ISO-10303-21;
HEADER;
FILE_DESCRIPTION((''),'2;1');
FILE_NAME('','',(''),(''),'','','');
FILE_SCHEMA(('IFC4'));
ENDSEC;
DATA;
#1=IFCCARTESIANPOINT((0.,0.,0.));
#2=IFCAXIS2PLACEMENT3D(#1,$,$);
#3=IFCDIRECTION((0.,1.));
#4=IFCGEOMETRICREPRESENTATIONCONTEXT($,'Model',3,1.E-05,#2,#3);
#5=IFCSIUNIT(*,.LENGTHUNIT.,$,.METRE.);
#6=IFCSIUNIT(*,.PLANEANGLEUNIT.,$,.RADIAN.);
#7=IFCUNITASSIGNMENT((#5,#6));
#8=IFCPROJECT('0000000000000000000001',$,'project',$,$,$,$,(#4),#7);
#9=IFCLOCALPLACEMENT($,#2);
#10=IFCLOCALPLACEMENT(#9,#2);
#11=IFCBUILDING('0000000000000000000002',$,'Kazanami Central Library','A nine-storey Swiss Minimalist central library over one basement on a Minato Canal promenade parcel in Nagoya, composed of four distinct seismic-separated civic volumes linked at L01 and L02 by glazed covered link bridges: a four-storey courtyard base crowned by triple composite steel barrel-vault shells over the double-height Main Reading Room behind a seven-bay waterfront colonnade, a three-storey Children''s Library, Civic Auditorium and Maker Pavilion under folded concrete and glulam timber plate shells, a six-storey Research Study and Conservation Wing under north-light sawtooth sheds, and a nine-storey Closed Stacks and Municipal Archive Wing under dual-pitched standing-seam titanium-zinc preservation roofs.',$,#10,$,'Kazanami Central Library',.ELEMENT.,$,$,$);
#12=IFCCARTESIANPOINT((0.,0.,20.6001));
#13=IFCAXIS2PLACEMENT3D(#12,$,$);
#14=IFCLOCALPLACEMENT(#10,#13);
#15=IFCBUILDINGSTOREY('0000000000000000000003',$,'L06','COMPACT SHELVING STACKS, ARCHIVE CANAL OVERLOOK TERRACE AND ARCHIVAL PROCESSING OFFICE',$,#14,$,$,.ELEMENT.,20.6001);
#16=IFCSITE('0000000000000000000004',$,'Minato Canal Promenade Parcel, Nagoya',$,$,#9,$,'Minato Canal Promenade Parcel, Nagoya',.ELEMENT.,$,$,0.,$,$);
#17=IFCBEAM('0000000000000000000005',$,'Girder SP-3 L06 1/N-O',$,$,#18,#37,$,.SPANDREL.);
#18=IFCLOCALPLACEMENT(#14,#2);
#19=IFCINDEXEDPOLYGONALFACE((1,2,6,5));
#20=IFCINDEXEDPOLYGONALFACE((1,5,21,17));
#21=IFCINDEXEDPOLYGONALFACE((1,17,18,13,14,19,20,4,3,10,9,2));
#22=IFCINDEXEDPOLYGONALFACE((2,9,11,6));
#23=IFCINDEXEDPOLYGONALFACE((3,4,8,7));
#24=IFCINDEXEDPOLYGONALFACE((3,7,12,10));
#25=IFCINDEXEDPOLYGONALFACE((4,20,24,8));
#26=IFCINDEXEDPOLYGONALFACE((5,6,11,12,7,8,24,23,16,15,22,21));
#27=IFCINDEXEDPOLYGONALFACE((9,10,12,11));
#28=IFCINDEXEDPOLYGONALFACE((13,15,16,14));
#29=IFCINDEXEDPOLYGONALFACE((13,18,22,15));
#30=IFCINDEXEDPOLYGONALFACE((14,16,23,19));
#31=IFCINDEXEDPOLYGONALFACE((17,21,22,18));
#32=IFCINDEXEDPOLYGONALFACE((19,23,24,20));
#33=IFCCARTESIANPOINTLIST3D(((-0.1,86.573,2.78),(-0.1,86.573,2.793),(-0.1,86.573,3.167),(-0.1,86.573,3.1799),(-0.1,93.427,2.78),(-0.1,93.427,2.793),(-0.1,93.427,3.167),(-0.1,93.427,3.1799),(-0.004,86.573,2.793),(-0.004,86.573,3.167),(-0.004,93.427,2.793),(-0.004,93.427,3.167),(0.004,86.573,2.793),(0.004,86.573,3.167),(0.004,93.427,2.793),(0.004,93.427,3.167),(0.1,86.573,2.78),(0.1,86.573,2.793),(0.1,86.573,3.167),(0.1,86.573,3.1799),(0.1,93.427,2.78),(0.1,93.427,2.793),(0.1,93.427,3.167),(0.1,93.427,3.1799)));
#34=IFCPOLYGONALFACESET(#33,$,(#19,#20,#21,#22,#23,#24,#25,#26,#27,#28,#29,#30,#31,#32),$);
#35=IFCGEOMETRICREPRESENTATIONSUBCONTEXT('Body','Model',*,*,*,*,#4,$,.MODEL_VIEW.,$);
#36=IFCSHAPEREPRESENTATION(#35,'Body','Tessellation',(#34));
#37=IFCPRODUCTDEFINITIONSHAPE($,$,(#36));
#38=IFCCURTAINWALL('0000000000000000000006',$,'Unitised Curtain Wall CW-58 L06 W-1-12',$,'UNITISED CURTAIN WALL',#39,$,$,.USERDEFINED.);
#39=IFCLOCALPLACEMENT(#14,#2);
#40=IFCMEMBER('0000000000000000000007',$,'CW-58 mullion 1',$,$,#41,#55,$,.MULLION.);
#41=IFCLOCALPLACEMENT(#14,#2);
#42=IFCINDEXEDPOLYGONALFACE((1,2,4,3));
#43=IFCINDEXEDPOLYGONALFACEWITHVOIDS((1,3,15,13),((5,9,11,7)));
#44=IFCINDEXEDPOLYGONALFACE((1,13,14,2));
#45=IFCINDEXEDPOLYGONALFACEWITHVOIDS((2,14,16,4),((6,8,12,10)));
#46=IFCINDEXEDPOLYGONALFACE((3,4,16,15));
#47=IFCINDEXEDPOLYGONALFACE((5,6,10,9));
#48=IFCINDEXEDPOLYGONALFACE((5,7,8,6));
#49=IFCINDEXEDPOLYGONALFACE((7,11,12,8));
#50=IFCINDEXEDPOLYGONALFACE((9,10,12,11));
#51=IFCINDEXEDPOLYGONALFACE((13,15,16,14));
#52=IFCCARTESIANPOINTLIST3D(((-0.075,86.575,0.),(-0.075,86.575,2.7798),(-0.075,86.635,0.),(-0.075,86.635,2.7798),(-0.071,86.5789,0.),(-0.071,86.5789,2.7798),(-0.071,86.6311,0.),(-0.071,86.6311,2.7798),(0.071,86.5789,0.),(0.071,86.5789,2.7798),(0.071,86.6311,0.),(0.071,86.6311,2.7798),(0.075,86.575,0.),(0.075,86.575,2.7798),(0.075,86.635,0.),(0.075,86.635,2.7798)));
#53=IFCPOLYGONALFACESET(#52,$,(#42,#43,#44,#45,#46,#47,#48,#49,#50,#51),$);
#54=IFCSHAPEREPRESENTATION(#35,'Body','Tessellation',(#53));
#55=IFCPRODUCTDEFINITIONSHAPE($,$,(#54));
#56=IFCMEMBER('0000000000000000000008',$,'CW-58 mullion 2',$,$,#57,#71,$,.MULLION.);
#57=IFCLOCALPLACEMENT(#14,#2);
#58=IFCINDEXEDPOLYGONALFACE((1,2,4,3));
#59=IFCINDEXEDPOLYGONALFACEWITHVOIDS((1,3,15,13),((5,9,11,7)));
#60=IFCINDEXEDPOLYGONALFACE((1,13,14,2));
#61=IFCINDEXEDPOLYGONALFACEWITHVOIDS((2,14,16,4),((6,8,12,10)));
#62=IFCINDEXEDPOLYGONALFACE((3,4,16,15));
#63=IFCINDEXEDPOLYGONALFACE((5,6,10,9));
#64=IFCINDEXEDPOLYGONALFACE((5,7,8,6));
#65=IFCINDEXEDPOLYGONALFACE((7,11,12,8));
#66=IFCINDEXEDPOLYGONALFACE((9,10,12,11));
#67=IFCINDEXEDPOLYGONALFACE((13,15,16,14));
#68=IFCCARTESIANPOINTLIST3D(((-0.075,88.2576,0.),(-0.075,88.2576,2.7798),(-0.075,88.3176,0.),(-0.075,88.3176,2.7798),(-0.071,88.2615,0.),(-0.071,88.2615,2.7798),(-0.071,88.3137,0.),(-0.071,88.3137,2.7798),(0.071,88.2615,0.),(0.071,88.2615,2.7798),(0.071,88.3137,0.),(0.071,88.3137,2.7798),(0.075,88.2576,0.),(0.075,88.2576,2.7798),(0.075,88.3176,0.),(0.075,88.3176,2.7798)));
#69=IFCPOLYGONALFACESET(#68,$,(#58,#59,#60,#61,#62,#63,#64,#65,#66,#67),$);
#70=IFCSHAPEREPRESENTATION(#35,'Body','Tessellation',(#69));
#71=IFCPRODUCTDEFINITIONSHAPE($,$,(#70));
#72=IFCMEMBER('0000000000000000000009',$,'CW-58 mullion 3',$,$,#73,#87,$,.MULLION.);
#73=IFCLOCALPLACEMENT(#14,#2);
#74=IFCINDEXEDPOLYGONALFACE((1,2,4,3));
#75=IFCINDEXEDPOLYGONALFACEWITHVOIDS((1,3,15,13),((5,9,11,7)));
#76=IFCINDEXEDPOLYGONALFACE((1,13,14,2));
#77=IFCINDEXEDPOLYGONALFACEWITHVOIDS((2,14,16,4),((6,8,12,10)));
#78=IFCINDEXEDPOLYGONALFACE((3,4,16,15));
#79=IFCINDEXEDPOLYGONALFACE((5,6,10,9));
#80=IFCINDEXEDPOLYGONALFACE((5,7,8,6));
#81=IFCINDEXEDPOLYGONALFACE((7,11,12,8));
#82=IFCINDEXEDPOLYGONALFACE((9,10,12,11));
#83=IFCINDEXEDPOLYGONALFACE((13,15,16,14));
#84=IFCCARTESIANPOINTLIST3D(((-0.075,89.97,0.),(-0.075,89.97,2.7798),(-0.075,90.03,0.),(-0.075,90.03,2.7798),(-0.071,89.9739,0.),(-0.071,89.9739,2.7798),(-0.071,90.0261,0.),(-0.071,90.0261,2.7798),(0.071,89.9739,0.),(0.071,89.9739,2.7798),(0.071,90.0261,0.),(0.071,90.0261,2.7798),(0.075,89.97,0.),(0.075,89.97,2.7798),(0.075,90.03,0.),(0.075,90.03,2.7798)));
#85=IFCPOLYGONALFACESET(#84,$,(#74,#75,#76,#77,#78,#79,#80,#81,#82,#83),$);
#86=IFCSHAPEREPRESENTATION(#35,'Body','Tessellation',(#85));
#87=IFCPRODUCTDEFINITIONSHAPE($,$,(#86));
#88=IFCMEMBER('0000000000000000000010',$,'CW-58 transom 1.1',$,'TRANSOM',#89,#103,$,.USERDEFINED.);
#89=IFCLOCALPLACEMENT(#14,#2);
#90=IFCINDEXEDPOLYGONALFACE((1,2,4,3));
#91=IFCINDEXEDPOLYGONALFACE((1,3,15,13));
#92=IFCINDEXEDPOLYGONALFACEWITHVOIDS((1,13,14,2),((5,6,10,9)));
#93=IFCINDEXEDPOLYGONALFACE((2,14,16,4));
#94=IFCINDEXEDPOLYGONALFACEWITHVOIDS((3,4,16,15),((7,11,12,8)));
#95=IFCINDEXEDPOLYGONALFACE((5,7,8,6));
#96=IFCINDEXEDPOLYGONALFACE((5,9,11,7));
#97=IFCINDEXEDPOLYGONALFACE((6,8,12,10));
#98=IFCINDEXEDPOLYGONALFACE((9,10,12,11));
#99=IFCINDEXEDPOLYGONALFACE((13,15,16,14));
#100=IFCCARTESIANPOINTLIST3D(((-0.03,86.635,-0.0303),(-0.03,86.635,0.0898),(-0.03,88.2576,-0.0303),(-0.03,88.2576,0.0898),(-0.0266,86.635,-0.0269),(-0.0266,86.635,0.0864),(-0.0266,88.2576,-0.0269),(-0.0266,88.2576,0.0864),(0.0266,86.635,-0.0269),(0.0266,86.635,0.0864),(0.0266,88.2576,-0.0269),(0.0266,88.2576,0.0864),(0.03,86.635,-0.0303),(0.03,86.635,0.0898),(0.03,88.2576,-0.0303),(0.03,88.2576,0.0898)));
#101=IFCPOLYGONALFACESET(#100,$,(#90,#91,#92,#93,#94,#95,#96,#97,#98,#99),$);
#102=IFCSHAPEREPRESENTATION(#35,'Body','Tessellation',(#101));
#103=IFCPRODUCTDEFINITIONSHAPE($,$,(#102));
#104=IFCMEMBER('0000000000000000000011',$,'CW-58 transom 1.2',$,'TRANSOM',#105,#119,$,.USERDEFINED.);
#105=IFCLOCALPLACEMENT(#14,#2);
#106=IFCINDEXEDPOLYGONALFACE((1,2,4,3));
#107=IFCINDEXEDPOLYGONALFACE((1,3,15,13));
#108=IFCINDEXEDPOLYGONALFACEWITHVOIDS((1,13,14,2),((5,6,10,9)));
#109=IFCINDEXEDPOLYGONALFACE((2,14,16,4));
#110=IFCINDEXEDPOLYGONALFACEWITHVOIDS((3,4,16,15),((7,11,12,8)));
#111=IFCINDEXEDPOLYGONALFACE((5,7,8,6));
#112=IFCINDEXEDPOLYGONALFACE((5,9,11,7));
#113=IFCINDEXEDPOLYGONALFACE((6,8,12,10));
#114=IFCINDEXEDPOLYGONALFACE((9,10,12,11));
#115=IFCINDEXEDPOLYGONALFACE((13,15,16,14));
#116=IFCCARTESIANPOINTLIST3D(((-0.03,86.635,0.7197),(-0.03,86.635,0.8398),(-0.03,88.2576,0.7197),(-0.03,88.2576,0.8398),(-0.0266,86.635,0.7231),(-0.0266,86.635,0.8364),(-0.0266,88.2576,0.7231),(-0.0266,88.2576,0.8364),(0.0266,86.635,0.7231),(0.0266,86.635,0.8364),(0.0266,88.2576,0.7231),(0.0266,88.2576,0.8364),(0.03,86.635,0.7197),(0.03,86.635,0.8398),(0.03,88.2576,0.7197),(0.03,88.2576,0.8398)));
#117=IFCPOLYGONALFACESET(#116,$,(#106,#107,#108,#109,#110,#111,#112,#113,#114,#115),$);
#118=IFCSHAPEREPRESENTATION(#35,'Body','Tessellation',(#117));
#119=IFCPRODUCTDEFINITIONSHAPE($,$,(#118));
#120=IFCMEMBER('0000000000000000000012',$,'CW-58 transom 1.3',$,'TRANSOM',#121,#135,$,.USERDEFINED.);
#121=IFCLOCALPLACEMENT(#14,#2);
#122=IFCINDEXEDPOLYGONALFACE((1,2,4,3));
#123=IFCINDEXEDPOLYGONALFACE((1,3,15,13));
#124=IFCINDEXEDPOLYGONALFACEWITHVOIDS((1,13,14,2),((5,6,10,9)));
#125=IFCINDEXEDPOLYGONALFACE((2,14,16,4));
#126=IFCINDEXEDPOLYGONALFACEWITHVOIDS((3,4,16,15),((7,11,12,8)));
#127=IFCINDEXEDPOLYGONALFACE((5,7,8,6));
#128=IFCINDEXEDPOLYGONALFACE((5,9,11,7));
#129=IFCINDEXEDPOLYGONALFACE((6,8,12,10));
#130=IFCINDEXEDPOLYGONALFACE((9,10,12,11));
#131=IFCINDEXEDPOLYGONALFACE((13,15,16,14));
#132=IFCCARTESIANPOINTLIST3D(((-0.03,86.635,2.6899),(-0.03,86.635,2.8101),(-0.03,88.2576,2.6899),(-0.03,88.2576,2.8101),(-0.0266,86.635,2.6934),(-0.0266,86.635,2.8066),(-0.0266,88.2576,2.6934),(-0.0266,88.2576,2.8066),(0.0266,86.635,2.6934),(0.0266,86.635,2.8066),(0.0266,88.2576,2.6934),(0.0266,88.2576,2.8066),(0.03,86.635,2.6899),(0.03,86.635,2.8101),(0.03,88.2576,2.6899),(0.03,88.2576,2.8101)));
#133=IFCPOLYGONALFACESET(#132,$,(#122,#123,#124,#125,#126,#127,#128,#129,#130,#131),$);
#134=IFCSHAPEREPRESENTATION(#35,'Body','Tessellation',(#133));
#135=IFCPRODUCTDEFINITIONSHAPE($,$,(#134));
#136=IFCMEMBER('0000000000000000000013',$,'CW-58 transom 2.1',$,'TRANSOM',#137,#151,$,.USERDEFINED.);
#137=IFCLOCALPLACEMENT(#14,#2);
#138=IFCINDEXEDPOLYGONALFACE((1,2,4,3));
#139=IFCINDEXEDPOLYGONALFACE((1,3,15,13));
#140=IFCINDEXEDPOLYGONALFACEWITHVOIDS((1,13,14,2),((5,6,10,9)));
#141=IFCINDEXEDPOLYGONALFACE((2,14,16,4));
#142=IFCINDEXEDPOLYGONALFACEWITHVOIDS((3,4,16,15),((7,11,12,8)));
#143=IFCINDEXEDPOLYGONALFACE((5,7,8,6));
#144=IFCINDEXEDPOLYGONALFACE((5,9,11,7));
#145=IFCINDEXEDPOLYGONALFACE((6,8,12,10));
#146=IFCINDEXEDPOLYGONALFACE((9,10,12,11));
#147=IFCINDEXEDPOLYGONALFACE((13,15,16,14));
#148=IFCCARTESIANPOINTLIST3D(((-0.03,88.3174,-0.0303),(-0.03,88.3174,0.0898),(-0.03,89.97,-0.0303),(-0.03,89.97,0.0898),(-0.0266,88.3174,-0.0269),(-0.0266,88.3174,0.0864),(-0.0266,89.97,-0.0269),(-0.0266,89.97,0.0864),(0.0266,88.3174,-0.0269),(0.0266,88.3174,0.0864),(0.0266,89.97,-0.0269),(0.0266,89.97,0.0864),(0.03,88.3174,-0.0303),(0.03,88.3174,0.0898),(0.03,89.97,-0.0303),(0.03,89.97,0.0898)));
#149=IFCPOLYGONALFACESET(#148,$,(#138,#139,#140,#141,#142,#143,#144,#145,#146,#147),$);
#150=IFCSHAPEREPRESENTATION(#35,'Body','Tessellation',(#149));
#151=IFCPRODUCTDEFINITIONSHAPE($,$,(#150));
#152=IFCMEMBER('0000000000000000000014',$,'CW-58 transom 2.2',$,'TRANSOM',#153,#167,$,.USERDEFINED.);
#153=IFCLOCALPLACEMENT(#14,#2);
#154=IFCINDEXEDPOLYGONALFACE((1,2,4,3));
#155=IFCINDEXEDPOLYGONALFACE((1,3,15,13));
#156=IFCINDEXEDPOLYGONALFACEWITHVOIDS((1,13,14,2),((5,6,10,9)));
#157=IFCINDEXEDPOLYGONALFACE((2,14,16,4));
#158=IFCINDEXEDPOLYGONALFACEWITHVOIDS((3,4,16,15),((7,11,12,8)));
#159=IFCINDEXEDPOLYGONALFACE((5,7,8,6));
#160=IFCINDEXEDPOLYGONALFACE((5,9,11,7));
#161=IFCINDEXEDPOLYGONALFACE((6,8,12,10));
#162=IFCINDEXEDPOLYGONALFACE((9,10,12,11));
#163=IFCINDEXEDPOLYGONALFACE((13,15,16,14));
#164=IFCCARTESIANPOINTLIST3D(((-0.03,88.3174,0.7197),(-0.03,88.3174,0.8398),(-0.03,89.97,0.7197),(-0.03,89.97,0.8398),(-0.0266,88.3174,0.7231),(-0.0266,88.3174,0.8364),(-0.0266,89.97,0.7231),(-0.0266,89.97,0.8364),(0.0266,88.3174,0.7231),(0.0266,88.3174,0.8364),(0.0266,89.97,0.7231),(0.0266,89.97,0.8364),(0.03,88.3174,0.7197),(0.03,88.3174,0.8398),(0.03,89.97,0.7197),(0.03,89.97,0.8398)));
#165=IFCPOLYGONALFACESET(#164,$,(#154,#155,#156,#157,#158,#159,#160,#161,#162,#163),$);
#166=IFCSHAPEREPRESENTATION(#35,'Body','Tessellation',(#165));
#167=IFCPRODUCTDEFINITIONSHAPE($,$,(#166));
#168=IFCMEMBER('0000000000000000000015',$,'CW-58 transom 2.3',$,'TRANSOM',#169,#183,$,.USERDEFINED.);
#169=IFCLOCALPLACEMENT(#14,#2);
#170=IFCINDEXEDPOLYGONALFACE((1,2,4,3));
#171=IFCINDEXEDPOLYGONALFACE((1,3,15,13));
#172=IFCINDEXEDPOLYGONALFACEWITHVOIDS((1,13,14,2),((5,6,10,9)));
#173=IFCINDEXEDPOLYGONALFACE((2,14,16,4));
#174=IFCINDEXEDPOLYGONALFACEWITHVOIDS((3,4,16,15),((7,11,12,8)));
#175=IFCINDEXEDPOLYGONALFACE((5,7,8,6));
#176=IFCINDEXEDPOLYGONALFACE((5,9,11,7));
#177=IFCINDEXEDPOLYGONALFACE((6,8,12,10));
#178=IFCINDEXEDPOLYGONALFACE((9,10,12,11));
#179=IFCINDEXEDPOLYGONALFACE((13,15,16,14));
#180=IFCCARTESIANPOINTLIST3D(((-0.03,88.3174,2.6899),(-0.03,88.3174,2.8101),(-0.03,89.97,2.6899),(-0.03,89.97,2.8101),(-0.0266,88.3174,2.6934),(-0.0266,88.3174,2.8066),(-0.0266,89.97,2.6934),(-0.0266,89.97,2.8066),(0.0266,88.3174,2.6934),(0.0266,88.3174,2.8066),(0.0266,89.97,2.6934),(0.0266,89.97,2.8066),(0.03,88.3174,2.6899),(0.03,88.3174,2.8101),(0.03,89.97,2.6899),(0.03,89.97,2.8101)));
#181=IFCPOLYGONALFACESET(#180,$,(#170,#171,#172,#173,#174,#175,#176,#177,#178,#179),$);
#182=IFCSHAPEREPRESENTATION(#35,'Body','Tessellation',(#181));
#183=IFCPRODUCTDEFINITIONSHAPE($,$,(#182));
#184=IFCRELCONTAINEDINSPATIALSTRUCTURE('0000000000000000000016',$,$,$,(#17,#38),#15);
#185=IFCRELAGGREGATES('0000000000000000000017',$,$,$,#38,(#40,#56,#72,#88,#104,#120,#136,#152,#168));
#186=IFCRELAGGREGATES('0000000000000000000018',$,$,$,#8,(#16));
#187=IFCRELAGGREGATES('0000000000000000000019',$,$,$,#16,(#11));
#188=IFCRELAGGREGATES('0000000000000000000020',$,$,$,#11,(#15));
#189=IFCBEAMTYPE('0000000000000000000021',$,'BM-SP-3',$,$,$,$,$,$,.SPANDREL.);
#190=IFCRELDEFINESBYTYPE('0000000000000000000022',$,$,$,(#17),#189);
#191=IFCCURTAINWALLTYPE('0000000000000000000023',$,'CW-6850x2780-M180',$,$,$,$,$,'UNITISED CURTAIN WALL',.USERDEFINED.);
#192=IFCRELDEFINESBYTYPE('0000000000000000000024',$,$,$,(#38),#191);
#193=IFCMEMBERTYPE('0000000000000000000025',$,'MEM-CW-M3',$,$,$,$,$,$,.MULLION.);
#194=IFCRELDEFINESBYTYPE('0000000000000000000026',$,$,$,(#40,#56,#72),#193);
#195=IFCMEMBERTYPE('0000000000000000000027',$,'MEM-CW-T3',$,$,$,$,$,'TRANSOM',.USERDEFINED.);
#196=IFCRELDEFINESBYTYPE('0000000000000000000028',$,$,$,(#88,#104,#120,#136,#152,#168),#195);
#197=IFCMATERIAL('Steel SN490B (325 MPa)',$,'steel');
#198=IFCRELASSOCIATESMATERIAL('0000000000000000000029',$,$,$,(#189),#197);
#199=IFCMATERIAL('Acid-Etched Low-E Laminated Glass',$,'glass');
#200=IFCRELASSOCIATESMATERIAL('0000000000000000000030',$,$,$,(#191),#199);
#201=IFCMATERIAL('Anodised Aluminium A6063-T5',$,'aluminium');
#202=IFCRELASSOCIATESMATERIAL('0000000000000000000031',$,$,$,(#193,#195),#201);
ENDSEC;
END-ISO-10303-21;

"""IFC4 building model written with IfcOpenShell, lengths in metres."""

from ifc_helpers import new_model, si_unit, direction, frame, origin, origin_2d, place, context, subcontext, project, spatial, hollow_rectangle, i_section, extrude, material, material_profile, profile_set, type_object, element, aggregate, save


model = new_model("IFC4")

# Units and contexts
model_context = context("Model", 3, precision=1e-05, world=origin(), true_north=direction((0.0, 1.0)))
body_context = subcontext(model_context, "Body", "Model", "MODEL_VIEW")
ifc_project = project(units=[si_unit("LENGTHUNIT", "METRE"), si_unit("PLANEANGLEUNIT", "RADIAN")], contexts=[model_context])

# Site, building, storey
site_placement = place(None, origin())
site = spatial("IfcSite", under=ifc_project, at=site_placement, Name="Minato Canal Promenade Parcel, Nagoya", LongName="Minato Canal Promenade Parcel, Nagoya", CompositionType="ELEMENT", RefElevation=0.0)
building_placement = place(site_placement, origin())
building = spatial("IfcBuilding", under=site, at=building_placement, Name="Kazanami Central Library", Description="A nine-storey Swiss Minimalist central library over one basement on a Minato Canal promenade parcel in Nagoya, composed of four distinct seismic-separated civic volumes linked at L01 and L02 by glazed covered link bridges: a four-storey courtyard base crowned by triple composite steel barrel-vault shells over the double-height Main Reading Room behind a seven-bay waterfront colonnade, a three-storey Children's Library, Civic Auditorium and Maker Pavilion under folded concrete and glulam timber plate shells, a six-storey Research Study and Conservation Wing under north-light sawtooth sheds, and a nine-storey Closed Stacks and Municipal Archive Wing under dual-pitched standing-seam titanium-zinc preservation roofs.", LongName="Kazanami Central Library", CompositionType="ELEMENT")
storey_placement = place(building_placement, frame((0.0, 0.0, 20.6001)))
storey = spatial("IfcBuildingStorey", under=building, at=storey_placement, Name="L06", Description="COMPACT SHELVING STACKS, ARCHIVE CANAL OVERLOOK TERRACE AND ARCHIVAL PROCESSING OFFICE", CompositionType="ELEMENT", Elevation=20.6001)

# Beam
ifc_material_1 = material(Name="Steel SN490B (325 MPa)", Category="steel")
ifc_material_profile_1 = material_profile(ifc_material_1, i_section(OverallWidth=0.2, OverallDepth=0.3999, WebThickness=0.0081, FlangeThickness=0.0129, at=origin_2d()), Name="H-400x200x8x13")
ifc_profile_set_1 = profile_set([ifc_material_profile_1], Name="Steel SN490B (325 MPa)")
beam_type = type_object("IfcBeamType", Name="BM-SP-3", PredefinedType="SPANDREL", material=ifc_profile_set_1)
beam_placement = place(storey_placement, frame((0.0, 86.573, 2.98), z_axis=(0.0, 1.0, 0.0), x_axis=(-1.0, 0.0, 0.0)))
element("IfcBeam", 1, at=beam_placement, inside=storey, type_object=beam_type, Name="Girder SP-3 L06 1/N-O", PredefinedType="SPANDREL", context=body_context, shape_type="SweptSolid", body=[
    extrude(i_section(OverallWidth=0.2, OverallDepth=0.3999, WebThickness=0.0081, FlangeThickness=0.0129, at=origin_2d()), origin(), (0.0, 0.0, 1.0), 6.854),
])

# Curtain wall, members
ifc_material_2 = material(Name="Acid-Etched Low-E Laminated Glass", Category="glass")
curtain_wall_type = type_object("IfcCurtainWallType", Name="CW-6850x2780-M180", ElementType="UNITISED CURTAIN WALL", PredefinedType="USERDEFINED", material=ifc_material_2)
curtain_wall_placement = place(storey_placement, origin())
curtain_wall = element("IfcCurtainWall", 2, at=curtain_wall_placement, inside=storey, type_object=curtain_wall_type, Name="Unitised Curtain Wall CW-58 L06 W-1-12", ObjectType="UNITISED CURTAIN WALL", PredefinedType="USERDEFINED")
ifc_material_3 = material(Name="Anodised Aluminium A6063-T5", Category="aluminium")
ifc_material_profile_2 = material_profile(ifc_material_3, hollow_rectangle(XDim=0.0601, YDim=0.1499, WallThickness=0.0039, at=origin_2d()), Name="ALU-MULL-60x150x4")
ifc_profile_set_2 = profile_set([ifc_material_profile_2], Name="Anodised Aluminium A6063-T5")
member_type_1 = type_object("IfcMemberType", Name="MEM-CW-M3", PredefinedType="MULLION", material=ifc_profile_set_2)
member_1_placement = place(storey_placement, frame((0.0, 86.605, 0.0), z_axis=(0.0, 0.0, 1.0), x_axis=(0.0, 1.0, 0.0)))
member_1 = element("IfcMember", 3, at=member_1_placement, type_object=member_type_1, Name="CW-58 mullion 1", PredefinedType="MULLION", context=body_context, shape_type="SweptSolid", body=[
    extrude(hollow_rectangle(XDim=0.0601, YDim=0.1499, WallThickness=0.0039, at=origin_2d()), origin(), (0.0, 0.0, 1.0), 2.7798),
])
member_2_placement = place(storey_placement, frame((0.0, 88.2876, 0.0), z_axis=(0.0, 0.0, 1.0), x_axis=(0.0, 1.0, 0.0)))
member_2 = element("IfcMember", 4, at=member_2_placement, type_object=member_type_1, Name="CW-58 mullion 2", PredefinedType="MULLION", context=body_context, shape_type="SweptSolid", body=[
    extrude(hollow_rectangle(XDim=0.0601, YDim=0.1499, WallThickness=0.0039, at=origin_2d()), origin(), (0.0, 0.0, 1.0), 2.7798),
])
member_3_placement = place(storey_placement, frame((0.0, 90.0, 0.0), z_axis=(0.0, 0.0, 1.0), x_axis=(0.0, 1.0, 0.0)))
member_3 = element("IfcMember", 5, at=member_3_placement, type_object=member_type_1, Name="CW-58 mullion 3", PredefinedType="MULLION", context=body_context, shape_type="SweptSolid", body=[
    extrude(hollow_rectangle(XDim=0.0601, YDim=0.1499, WallThickness=0.0039, at=origin_2d()), origin(), (0.0, 0.0, 1.0), 2.7798),
])
ifc_material_profile_3 = material_profile(ifc_material_3, hollow_rectangle(XDim=0.0601, YDim=0.1201, WallThickness=0.0034, at=origin_2d()), Name="ALU-TRAN-60x120x3.5")
ifc_profile_set_3 = profile_set([ifc_material_profile_3], Name="Anodised Aluminium A6063-T5")
member_type_2 = type_object("IfcMemberType", Name="MEM-CW-T3", ElementType="TRANSOM", PredefinedType="USERDEFINED", material=ifc_profile_set_3)
member_4_placement = place(storey_placement, frame((0.0, 86.635, 0.0298), z_axis=(0.0, 1.0, 0.0), x_axis=(-1.0, 0.0, 0.0)))
member_4 = element("IfcMember", 6, at=member_4_placement, type_object=member_type_2, Name="CW-58 transom 1.1", ObjectType="TRANSOM", PredefinedType="USERDEFINED", context=body_context, shape_type="SweptSolid", body=[
    extrude(hollow_rectangle(XDim=0.0601, YDim=0.1201, WallThickness=0.0034, at=origin_2d()), origin(), (0.0, 0.0, 1.0), 1.6226),
])
member_5_placement = place(storey_placement, frame((0.0, 86.635, 0.7798), z_axis=(0.0, 1.0, 0.0), x_axis=(-1.0, 0.0, 0.0)))
member_5 = element("IfcMember", 7, at=member_5_placement, type_object=member_type_2, Name="CW-58 transom 1.2", ObjectType="TRANSOM", PredefinedType="USERDEFINED", context=body_context, shape_type="SweptSolid", body=[
    extrude(hollow_rectangle(XDim=0.0601, YDim=0.1201, WallThickness=0.0034, at=origin_2d()), origin(), (0.0, 0.0, 1.0), 1.6226),
])
member_6_placement = place(storey_placement, frame((0.0, 86.635, 2.75), z_axis=(0.0, 1.0, 0.0), x_axis=(-1.0, 0.0, 0.0)))
member_6 = element("IfcMember", 8, at=member_6_placement, type_object=member_type_2, Name="CW-58 transom 1.3", ObjectType="TRANSOM", PredefinedType="USERDEFINED", context=body_context, shape_type="SweptSolid", body=[
    extrude(hollow_rectangle(XDim=0.0601, YDim=0.1201, WallThickness=0.0034, at=origin_2d()), origin(), (0.0, 0.0, 1.0), 1.6226),
])
member_7_placement = place(storey_placement, frame((0.0, 88.3174, 0.0298), z_axis=(0.0, 1.0, 0.0), x_axis=(-1.0, 0.0, 0.0)))
member_7 = element("IfcMember", 9, at=member_7_placement, type_object=member_type_2, Name="CW-58 transom 2.1", ObjectType="TRANSOM", PredefinedType="USERDEFINED", context=body_context, shape_type="SweptSolid", body=[
    extrude(hollow_rectangle(XDim=0.0601, YDim=0.1201, WallThickness=0.0034, at=origin_2d()), origin(), (0.0, 0.0, 1.0), 1.6526),
])
member_8_placement = place(storey_placement, frame((0.0, 88.3174, 0.7798), z_axis=(0.0, 1.0, 0.0), x_axis=(-1.0, 0.0, 0.0)))
member_8 = element("IfcMember", 10, at=member_8_placement, type_object=member_type_2, Name="CW-58 transom 2.2", ObjectType="TRANSOM", PredefinedType="USERDEFINED", context=body_context, shape_type="SweptSolid", body=[
    extrude(hollow_rectangle(XDim=0.0601, YDim=0.1201, WallThickness=0.0034, at=origin_2d()), origin(), (0.0, 0.0, 1.0), 1.6526),
])
member_9_placement = place(storey_placement, frame((0.0, 88.3174, 2.75), z_axis=(0.0, 1.0, 0.0), x_axis=(-1.0, 0.0, 0.0)))
member_9 = element("IfcMember", 11, at=member_9_placement, type_object=member_type_2, Name="CW-58 transom 2.3", ObjectType="TRANSOM", PredefinedType="USERDEFINED", context=body_context, shape_type="SweptSolid", body=[
    extrude(hollow_rectangle(XDim=0.0601, YDim=0.1201, WallThickness=0.0034, at=origin_2d()), origin(), (0.0, 0.0, 1.0), 1.6526),
])
aggregate(curtain_wall, [member_1, member_2, member_3, member_4, member_5, member_6, member_7, member_8, member_9])

save(model, "model.ifc")
